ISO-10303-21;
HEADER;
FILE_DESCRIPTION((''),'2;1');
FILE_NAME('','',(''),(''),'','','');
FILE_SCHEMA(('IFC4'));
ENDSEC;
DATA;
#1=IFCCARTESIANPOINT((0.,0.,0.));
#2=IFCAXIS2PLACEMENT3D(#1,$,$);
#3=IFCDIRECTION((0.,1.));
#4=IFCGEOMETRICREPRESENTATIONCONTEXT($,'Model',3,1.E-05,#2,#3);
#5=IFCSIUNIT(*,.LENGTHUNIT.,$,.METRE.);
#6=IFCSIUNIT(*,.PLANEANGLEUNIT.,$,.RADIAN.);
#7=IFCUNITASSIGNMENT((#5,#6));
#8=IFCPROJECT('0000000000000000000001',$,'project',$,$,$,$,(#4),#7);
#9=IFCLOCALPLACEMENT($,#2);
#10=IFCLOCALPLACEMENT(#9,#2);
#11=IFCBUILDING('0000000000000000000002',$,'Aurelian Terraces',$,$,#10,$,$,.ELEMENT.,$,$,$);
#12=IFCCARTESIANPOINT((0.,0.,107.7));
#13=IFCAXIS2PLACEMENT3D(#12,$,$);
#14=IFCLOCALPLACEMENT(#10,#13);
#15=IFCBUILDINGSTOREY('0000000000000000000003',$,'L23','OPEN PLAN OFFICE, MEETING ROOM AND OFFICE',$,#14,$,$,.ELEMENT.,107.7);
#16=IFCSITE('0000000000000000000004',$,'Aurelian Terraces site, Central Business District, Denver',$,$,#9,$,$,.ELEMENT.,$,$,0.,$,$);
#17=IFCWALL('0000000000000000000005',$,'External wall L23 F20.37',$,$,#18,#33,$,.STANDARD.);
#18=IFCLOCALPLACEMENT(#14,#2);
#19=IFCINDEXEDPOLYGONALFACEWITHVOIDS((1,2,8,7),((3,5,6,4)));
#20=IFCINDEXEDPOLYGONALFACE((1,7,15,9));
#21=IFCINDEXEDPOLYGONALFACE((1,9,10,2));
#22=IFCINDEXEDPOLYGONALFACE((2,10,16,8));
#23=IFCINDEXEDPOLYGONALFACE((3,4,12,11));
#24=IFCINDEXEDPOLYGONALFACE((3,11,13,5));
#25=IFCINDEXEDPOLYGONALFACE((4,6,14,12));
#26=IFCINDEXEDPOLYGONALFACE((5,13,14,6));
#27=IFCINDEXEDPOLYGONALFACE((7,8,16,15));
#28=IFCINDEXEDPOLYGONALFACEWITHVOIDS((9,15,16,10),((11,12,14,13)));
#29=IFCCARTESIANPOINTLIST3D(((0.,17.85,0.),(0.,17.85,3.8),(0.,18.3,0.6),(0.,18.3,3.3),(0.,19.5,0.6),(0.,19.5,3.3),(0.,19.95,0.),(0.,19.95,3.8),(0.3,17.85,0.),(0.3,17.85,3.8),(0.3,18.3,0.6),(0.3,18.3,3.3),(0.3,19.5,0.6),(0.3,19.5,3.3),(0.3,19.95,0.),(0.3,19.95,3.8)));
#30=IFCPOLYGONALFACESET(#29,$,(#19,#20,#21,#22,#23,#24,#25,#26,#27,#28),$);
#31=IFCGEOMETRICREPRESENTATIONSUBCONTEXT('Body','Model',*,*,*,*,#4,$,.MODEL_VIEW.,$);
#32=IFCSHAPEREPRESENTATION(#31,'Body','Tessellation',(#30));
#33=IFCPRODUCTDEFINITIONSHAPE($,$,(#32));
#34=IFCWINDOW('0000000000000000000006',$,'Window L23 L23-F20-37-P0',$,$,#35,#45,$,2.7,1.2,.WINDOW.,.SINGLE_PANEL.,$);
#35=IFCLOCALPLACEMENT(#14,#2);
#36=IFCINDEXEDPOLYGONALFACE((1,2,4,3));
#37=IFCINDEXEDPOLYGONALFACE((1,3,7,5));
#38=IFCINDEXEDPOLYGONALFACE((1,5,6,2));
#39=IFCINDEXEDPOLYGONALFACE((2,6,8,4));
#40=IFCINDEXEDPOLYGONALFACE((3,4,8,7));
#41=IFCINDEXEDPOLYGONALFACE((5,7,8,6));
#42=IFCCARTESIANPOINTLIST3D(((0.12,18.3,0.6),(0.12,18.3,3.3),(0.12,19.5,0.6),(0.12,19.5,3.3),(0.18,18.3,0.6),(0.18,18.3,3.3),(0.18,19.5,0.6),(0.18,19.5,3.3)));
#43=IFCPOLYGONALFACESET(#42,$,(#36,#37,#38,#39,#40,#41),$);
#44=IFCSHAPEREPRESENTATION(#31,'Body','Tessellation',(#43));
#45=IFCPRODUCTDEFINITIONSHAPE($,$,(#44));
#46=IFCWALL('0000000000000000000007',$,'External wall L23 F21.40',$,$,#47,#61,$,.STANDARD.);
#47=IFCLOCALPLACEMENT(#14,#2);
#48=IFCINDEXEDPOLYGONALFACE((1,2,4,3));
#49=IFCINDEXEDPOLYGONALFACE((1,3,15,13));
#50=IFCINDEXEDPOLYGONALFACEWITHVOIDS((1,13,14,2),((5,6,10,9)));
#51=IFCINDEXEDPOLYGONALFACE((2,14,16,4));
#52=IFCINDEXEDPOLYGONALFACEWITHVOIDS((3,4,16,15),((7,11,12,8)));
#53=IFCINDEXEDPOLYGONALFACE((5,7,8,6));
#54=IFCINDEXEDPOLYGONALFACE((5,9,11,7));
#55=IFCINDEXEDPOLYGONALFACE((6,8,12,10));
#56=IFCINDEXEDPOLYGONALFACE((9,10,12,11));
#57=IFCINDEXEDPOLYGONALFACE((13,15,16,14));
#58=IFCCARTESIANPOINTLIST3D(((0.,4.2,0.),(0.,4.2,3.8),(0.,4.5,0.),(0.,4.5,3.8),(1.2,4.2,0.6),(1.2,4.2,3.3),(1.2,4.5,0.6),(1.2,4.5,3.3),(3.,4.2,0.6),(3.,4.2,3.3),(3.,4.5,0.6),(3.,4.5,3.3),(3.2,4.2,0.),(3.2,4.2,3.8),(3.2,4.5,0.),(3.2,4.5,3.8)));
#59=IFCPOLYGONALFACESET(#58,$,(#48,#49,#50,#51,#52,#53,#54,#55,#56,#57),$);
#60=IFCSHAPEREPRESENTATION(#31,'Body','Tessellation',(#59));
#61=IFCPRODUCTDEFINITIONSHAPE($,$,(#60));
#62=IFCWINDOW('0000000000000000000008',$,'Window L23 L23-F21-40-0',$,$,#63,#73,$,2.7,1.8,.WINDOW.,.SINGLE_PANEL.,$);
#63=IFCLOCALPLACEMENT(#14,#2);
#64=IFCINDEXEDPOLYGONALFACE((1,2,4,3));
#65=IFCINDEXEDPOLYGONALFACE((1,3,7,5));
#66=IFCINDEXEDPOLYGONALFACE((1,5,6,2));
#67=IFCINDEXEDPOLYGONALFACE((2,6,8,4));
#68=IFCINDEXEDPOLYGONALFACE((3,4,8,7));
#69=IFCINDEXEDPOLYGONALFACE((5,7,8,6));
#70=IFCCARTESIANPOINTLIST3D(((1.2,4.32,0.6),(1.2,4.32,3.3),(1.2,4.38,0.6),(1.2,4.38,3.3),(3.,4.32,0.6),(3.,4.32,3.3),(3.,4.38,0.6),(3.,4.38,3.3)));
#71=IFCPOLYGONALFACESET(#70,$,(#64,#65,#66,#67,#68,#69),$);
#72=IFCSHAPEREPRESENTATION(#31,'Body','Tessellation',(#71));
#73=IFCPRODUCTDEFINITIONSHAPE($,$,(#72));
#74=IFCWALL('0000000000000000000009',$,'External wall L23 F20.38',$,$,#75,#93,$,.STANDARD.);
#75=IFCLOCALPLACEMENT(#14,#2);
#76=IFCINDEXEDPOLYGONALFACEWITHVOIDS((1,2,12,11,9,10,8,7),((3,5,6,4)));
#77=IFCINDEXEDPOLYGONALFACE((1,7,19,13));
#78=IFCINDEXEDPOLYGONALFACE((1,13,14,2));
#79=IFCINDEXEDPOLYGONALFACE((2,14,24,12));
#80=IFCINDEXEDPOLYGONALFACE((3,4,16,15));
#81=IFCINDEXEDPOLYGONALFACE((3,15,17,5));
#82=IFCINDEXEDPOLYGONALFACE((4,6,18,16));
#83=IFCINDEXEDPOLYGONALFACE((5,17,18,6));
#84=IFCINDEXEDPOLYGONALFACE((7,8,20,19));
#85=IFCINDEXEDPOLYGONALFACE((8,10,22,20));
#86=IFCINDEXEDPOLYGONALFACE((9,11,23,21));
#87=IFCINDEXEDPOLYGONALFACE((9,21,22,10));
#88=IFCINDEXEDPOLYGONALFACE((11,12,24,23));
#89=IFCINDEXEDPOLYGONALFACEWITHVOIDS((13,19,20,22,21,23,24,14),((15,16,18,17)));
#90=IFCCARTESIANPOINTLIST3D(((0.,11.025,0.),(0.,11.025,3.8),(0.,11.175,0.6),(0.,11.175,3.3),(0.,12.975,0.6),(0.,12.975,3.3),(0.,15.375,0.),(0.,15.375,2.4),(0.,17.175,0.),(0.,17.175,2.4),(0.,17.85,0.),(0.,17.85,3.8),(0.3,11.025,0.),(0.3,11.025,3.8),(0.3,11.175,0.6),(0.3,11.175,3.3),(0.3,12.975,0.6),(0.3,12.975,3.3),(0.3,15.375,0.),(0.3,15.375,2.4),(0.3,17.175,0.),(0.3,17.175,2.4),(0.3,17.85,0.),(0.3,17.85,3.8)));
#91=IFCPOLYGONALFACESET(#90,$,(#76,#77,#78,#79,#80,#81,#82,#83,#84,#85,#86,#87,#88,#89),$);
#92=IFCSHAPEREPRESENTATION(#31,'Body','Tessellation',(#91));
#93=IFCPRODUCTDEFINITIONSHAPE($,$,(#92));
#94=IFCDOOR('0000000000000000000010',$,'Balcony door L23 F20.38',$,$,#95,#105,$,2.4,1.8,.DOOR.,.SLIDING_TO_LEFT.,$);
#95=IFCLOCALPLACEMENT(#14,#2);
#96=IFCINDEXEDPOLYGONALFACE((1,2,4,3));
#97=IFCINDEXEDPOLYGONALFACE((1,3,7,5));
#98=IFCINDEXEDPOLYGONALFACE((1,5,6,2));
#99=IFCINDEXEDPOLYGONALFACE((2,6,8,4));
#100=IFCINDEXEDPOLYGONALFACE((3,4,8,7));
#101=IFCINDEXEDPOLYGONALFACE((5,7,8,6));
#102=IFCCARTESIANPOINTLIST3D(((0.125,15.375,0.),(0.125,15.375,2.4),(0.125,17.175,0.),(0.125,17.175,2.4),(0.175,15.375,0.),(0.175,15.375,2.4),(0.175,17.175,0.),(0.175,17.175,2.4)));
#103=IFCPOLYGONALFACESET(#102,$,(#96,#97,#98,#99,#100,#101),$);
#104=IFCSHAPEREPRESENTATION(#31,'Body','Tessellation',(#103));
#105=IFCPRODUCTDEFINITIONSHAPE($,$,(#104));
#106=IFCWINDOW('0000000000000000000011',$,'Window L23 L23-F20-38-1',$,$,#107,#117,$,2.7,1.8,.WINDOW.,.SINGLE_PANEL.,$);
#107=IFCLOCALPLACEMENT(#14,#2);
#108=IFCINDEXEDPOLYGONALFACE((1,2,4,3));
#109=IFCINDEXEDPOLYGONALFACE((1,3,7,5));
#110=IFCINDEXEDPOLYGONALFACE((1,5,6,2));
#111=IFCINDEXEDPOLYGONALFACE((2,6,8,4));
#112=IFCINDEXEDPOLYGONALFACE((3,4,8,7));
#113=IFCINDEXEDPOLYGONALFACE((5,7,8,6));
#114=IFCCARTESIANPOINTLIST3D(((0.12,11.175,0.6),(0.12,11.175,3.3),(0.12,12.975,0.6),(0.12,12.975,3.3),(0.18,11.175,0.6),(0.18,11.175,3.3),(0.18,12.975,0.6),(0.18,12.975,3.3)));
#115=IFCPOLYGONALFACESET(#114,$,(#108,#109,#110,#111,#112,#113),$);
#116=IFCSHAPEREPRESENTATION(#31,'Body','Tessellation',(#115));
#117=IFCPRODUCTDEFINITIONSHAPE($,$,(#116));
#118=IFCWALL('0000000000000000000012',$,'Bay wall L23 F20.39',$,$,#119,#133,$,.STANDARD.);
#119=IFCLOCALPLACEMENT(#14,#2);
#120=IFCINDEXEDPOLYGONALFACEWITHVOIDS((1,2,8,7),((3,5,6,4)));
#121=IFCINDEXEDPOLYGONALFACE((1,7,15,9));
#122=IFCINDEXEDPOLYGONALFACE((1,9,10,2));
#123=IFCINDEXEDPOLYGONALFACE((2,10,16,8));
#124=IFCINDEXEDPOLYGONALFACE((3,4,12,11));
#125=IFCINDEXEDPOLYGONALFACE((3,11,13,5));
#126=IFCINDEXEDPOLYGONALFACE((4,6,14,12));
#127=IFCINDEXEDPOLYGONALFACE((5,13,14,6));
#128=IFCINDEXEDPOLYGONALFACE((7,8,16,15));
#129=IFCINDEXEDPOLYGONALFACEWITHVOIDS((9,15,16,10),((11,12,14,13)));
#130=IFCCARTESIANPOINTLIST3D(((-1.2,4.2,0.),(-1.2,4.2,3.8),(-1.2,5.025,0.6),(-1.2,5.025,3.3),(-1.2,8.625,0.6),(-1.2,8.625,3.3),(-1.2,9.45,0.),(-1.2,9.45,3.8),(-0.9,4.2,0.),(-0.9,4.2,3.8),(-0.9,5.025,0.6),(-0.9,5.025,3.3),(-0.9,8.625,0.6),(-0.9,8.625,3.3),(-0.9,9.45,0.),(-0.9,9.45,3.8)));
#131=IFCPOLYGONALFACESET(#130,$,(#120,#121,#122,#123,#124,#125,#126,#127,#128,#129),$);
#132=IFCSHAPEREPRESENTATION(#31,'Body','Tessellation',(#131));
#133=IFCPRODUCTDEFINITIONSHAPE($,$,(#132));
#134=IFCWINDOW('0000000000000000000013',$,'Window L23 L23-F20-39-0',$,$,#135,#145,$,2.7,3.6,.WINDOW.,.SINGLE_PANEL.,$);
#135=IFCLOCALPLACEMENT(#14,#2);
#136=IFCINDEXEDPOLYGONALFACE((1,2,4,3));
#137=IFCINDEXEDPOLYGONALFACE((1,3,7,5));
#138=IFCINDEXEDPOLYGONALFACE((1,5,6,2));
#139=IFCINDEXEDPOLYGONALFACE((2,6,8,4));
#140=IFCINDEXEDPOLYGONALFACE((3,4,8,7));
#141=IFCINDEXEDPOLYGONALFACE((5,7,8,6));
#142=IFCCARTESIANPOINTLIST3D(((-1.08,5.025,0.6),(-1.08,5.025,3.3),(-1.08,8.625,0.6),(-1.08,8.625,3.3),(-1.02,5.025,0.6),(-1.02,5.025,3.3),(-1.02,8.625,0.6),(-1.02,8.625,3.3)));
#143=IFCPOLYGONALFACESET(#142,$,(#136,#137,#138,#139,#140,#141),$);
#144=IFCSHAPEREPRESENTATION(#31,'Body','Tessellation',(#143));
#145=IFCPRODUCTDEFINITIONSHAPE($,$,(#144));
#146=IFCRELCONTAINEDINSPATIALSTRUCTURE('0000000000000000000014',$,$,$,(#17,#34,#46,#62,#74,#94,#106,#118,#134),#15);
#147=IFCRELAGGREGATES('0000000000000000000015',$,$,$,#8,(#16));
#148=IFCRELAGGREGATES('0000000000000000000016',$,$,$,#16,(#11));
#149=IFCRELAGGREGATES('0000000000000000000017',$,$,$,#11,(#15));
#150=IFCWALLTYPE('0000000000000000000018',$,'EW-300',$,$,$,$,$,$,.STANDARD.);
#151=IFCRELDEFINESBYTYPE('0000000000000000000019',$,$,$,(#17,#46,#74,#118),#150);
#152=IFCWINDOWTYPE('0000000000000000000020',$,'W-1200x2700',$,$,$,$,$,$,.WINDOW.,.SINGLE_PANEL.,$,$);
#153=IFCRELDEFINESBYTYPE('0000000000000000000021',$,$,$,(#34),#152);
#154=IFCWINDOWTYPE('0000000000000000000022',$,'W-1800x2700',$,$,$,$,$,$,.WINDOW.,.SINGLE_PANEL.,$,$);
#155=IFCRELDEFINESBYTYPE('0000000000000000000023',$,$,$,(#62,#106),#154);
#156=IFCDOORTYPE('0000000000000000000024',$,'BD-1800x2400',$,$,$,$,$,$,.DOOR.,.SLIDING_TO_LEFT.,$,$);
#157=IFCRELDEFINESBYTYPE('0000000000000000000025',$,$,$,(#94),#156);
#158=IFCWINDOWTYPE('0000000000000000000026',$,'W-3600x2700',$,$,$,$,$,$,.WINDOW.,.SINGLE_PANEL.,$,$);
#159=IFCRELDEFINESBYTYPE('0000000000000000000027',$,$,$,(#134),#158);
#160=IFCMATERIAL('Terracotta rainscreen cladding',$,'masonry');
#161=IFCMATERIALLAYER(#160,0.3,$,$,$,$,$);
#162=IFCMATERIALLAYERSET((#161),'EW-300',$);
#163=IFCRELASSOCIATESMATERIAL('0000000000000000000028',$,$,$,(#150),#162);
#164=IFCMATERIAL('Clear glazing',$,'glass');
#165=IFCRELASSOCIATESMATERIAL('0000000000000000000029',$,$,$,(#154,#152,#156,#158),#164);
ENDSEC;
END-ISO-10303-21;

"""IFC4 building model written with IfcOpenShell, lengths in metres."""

from ifc_helpers import new_model, si_unit, direction, frame, frame_2d, origin, place, context, subcontext, project, spatial, rectangle, extrude, source, transform, mapped, material, layer, layer_set, type_object, element, fill, save


model = new_model("IFC4")

# Units and contexts
model_context = context("Model", 3, precision=1e-05, world=origin(), true_north=direction((0.0, 1.0)))
body_context = subcontext(model_context, "Body", "Model", "MODEL_VIEW")
ifc_project = project(units=[si_unit("LENGTHUNIT", "METRE"), si_unit("PLANEANGLEUNIT", "RADIAN")], contexts=[model_context])

# Site, building, storey
site_placement = place(None, origin())
site = spatial("IfcSite", under=ifc_project, at=site_placement, Name="Aurelian Terraces site, Central Business District, Denver", CompositionType="ELEMENT", RefElevation=0.0)
building_placement = place(site_placement, origin())
building = spatial("IfcBuilding", under=site, at=building_placement, Name="Aurelian Terraces", CompositionType="ELEMENT")
storey_placement = place(building_placement, frame((0.0, 0.0, 107.7)))
storey = spatial("IfcBuildingStorey", under=building, at=storey_placement, Name="L23", Description="OPEN PLAN OFFICE, MEETING ROOM AND OFFICE", CompositionType="ELEMENT", Elevation=107.7)

# Shared definitions
ifc_material_1 = material(Name="Terracotta rainscreen cladding", Category="masonry")
ifc_layer_1 = layer(ifc_material_1, 0.3)
ifc_layer_set_1 = layer_set([ifc_layer_1], Name="EW-300")
wall_type_1 = type_object("IfcWallType", Name="EW-300", PredefinedType="STANDARD", material=ifc_layer_set_1)

# Walls, openings, windows
shared_shape_1 = source(origin(), body_context, "Body", "SweptSolid", [
    extrude(rectangle(XDim=1.8, YDim=2.7, at=frame_2d((0.9, 1.35))), frame((0.0, 0.16, 0.0), z_axis=(0.0, -1.0, 0.0), x_axis=(1.0, 0.0, 0.0)), (0.0, 0.0, 1.0), 0.32),
])
ifc_material_2 = material(Name="Clear glazing", Category="glass")
window_type_1 = type_object("IfcWindowType", Name="W-1800x2700", PartitioningType="SINGLE_PANEL", PredefinedType="WINDOW", material=ifc_material_2)
shared_shape_2 = source(origin(), body_context, "Body", "SweptSolid", [
    extrude(rectangle(XDim=1.8, YDim=2.7, at=frame_2d((0.9, 1.35))), frame((0.0, 0.03, 0.0), z_axis=(0.0, -1.0, 0.0), x_axis=(1.0, 0.0, 0.0)), (0.0, 0.0, 1.0), 0.06),
])
shared_shape_3 = source(origin(), body_context, "Body", "SweptSolid", [
    extrude(rectangle(XDim=2.1, YDim=0.3, at=frame_2d((1.05, 0.0))), origin(), (0.0, 0.0, 1.0), 3.8),
])
wall_1_placement = place(storey_placement, frame((0.15, 19.95, 0.0), z_axis=(0.0, 0.0, 1.0), x_axis=(0.0, -1.0, 0.0)))
wall_1 = element("IfcWall", 1, at=wall_1_placement, inside=storey, type_object=wall_type_1, Name="External wall L23 F20.37", PredefinedType="STANDARD", context=body_context, shape_type="MappedRepresentation", body=[
    mapped(shared_shape_3, transform((0.0, 0.0, 0.0), scale=1.0)),
])
shared_shape_4 = source(origin(), body_context, "Body", "SweptSolid", [
    extrude(rectangle(XDim=1.2, YDim=2.7, at=frame_2d((0.6, 1.35))), frame((0.0, 0.16, 0.0), z_axis=(0.0, -1.0, 0.0), x_axis=(1.0, 0.0, 0.0)), (0.0, 0.0, 1.0), 0.32),
])
opening_1_placement = place(wall_1_placement, frame((0.45, 0.0, 0.6)))
opening_1 = element("IfcOpeningElement", 2, at=opening_1_placement, cuts=wall_1, PredefinedType="OPENING", context=body_context, shape_type="MappedRepresentation", body=[
    mapped(shared_shape_4, transform((0.0, 0.0, 0.0), scale=1.0)),
])
window_type_2 = type_object("IfcWindowType", Name="W-1200x2700", PartitioningType="SINGLE_PANEL", PredefinedType="WINDOW", material=ifc_material_2)
shared_shape_5 = source(origin(), body_context, "Body", "SweptSolid", [
    extrude(rectangle(XDim=1.2, YDim=2.7, at=frame_2d((0.6, 1.35))), frame((0.0, 0.03, 0.0), z_axis=(0.0, -1.0, 0.0), x_axis=(1.0, 0.0, 0.0)), (0.0, 0.0, 1.0), 0.06),
])
window_1_placement = place(opening_1_placement, origin())
window_1 = element("IfcWindow", 3, at=window_1_placement, inside=storey, type_object=window_type_2, Name="Window L23 L23-F20-37-P0", OverallHeight=2.7, OverallWidth=1.2, PartitioningType="SINGLE_PANEL", PredefinedType="WINDOW", context=body_context, shape_type="MappedRepresentation", body=[
    mapped(shared_shape_5, transform((0.0, 0.0, 0.0), scale=1.0)),
])
fill(opening_1, window_1)
shared_shape_6 = source(origin(), body_context, "Body", "SweptSolid", [
    extrude(rectangle(XDim=3.2, YDim=0.3, at=frame_2d((1.6, 0.0))), origin(), (0.0, 0.0, 1.0), 3.8),
])
wall_2_placement = place(storey_placement, frame((0.0, 4.35, 0.0), z_axis=(0.0, 0.0, 1.0), x_axis=(1.0, 0.0, 0.0)))
wall_2 = element("IfcWall", 4, at=wall_2_placement, inside=storey, type_object=wall_type_1, Name="External wall L23 F21.40", PredefinedType="STANDARD", context=body_context, shape_type="MappedRepresentation", body=[
    mapped(shared_shape_6, transform((0.0, 0.0, 0.0), scale=1.0)),
])
opening_2_placement = place(wall_2_placement, frame((1.2, 0.0, 0.6)))
opening_2 = element("IfcOpeningElement", 5, at=opening_2_placement, cuts=wall_2, PredefinedType="OPENING", context=body_context, shape_type="MappedRepresentation", body=[
    mapped(shared_shape_1, transform((0.0, 0.0, 0.0), scale=1.0)),
])
window_2_placement = place(opening_2_placement, origin())
window_2 = element("IfcWindow", 6, at=window_2_placement, inside=storey, type_object=window_type_1, Name="Window L23 L23-F21-40-0", OverallHeight=2.7, OverallWidth=1.8, PartitioningType="SINGLE_PANEL", PredefinedType="WINDOW", context=body_context, shape_type="MappedRepresentation", body=[
    mapped(shared_shape_2, transform((0.0, 0.0, 0.0), scale=1.0)),
])
fill(opening_2, window_2)

# Wall, openings, door, window
shared_shape_7 = source(origin(), body_context, "Body", "SweptSolid", [
    extrude(rectangle(XDim=6.825, YDim=0.3, at=frame_2d((3.4125, 0.0))), origin(), (0.0, 0.0, 1.0), 3.8),
])
wall_3_placement = place(storey_placement, frame((0.15, 17.85, 0.0), z_axis=(0.0, 0.0, 1.0), x_axis=(0.0, -1.0, 0.0)))
wall_3 = element("IfcWall", 7, at=wall_3_placement, inside=storey, type_object=wall_type_1, Name="External wall L23 F20.38", PredefinedType="STANDARD", context=body_context, shape_type="MappedRepresentation", body=[
    mapped(shared_shape_7, transform((0.0, 0.0, 0.0), scale=1.0)),
])
shared_shape_8 = source(origin(), body_context, "Body", "SweptSolid", [
    extrude(rectangle(XDim=1.8, YDim=2.4, at=frame_2d((0.9, 1.2))), frame((0.0, 0.16, 0.0), z_axis=(0.0, -1.0, 0.0), x_axis=(1.0, 0.0, 0.0)), (0.0, 0.0, 1.0), 0.32),
])
opening_3_placement = place(wall_3_placement, frame((0.675, 0.0, 0.0)))
opening_3 = element("IfcOpeningElement", 8, at=opening_3_placement, cuts=wall_3, PredefinedType="OPENING", context=body_context, shape_type="MappedRepresentation", body=[
    mapped(shared_shape_8, transform((0.0, 0.0, 0.0), scale=1.0)),
])
opening_4_placement = place(wall_3_placement, frame((4.875, 0.0, 0.6)))
opening_4 = element("IfcOpeningElement", 9, at=opening_4_placement, cuts=wall_3, PredefinedType="OPENING", context=body_context, shape_type="MappedRepresentation", body=[
    mapped(shared_shape_1, transform((0.0, 0.0, 0.0), scale=1.0)),
])
door_type_1 = type_object("IfcDoorType", Name="BD-1800x2400", OperationType="SLIDING_TO_LEFT", PredefinedType="DOOR", material=ifc_material_2)
shared_shape_9 = source(origin(), body_context, "Body", "SweptSolid", [
    extrude(rectangle(XDim=1.8, YDim=2.4, at=frame_2d((0.9, 1.2))), frame((0.0, 0.025, 0.0), z_axis=(0.0, -1.0, 0.0), x_axis=(1.0, 0.0, 0.0)), (0.0, 0.0, 1.0), 0.05),
])
door_1_placement = place(opening_3_placement, origin())
door_1 = element("IfcDoor", 10, at=door_1_placement, inside=storey, type_object=door_type_1, Name="Balcony door L23 F20.38", OperationType="SLIDING_TO_LEFT", OverallHeight=2.4, OverallWidth=1.8, PredefinedType="DOOR", context=body_context, shape_type="MappedRepresentation", body=[
    mapped(shared_shape_9, transform((0.0, 0.0, 0.0), scale=1.0)),
])
fill(opening_3, door_1)
window_3_placement = place(opening_4_placement, origin())
window_3 = element("IfcWindow", 11, at=window_3_placement, inside=storey, type_object=window_type_1, Name="Window L23 L23-F20-38-1", OverallHeight=2.7, OverallWidth=1.8, PartitioningType="SINGLE_PANEL", PredefinedType="WINDOW", context=body_context, shape_type="MappedRepresentation", body=[
    mapped(shared_shape_2, transform((0.0, 0.0, 0.0), scale=1.0)),
])
fill(opening_4, window_3)

# Wall, opening, window
shared_shape_10 = source(origin(), body_context, "Body", "SweptSolid", [
    extrude(rectangle(XDim=5.25, YDim=0.3, at=frame_2d((2.625, 0.0))), origin(), (0.0, 0.0, 1.0), 3.8),
])
wall_4_placement = place(storey_placement, frame((-1.05, 9.45, 0.0), z_axis=(0.0, 0.0, 1.0), x_axis=(0.0, -1.0, 0.0)))
wall_4 = element("IfcWall", 12, at=wall_4_placement, inside=storey, type_object=wall_type_1, Name="Bay wall L23 F20.39", PredefinedType="STANDARD", context=body_context, shape_type="MappedRepresentation", body=[
    mapped(shared_shape_10, transform((0.0, 0.0, 0.0), scale=1.0)),
])
shared_shape_11 = source(origin(), body_context, "Body", "SweptSolid", [
    extrude(rectangle(XDim=3.6, YDim=2.7, at=frame_2d((1.8, 1.35))), frame((0.0, 0.16, 0.0), z_axis=(0.0, -1.0, 0.0), x_axis=(1.0, 0.0, 0.0)), (0.0, 0.0, 1.0), 0.32),
])
opening_5_placement = place(wall_4_placement, frame((0.825, 0.0, 0.6)))
opening_5 = element("IfcOpeningElement", 13, at=opening_5_placement, cuts=wall_4, PredefinedType="OPENING", context=body_context, shape_type="MappedRepresentation", body=[
    mapped(shared_shape_11, transform((0.0, 0.0, 0.0), scale=1.0)),
])
window_type_3 = type_object("IfcWindowType", Name="W-3600x2700", PartitioningType="SINGLE_PANEL", PredefinedType="WINDOW", material=ifc_material_2)
shared_shape_12 = source(origin(), body_context, "Body", "SweptSolid", [
    extrude(rectangle(XDim=3.6, YDim=2.7, at=frame_2d((1.8, 1.35))), frame((0.0, 0.03, 0.0), z_axis=(0.0, -1.0, 0.0), x_axis=(1.0, 0.0, 0.0)), (0.0, 0.0, 1.0), 0.06),
])
window_4_placement = place(opening_5_placement, origin())
window_4 = element("IfcWindow", 14, at=window_4_placement, inside=storey, type_object=window_type_3, Name="Window L23 L23-F20-39-0", OverallHeight=2.7, OverallWidth=3.6, PartitioningType="SINGLE_PANEL", PredefinedType="WINDOW", context=body_context, shape_type="MappedRepresentation", body=[
    mapped(shared_shape_12, transform((0.0, 0.0, 0.0), scale=1.0)),
])
fill(opening_5, window_4)

save(model, "model.ifc")
